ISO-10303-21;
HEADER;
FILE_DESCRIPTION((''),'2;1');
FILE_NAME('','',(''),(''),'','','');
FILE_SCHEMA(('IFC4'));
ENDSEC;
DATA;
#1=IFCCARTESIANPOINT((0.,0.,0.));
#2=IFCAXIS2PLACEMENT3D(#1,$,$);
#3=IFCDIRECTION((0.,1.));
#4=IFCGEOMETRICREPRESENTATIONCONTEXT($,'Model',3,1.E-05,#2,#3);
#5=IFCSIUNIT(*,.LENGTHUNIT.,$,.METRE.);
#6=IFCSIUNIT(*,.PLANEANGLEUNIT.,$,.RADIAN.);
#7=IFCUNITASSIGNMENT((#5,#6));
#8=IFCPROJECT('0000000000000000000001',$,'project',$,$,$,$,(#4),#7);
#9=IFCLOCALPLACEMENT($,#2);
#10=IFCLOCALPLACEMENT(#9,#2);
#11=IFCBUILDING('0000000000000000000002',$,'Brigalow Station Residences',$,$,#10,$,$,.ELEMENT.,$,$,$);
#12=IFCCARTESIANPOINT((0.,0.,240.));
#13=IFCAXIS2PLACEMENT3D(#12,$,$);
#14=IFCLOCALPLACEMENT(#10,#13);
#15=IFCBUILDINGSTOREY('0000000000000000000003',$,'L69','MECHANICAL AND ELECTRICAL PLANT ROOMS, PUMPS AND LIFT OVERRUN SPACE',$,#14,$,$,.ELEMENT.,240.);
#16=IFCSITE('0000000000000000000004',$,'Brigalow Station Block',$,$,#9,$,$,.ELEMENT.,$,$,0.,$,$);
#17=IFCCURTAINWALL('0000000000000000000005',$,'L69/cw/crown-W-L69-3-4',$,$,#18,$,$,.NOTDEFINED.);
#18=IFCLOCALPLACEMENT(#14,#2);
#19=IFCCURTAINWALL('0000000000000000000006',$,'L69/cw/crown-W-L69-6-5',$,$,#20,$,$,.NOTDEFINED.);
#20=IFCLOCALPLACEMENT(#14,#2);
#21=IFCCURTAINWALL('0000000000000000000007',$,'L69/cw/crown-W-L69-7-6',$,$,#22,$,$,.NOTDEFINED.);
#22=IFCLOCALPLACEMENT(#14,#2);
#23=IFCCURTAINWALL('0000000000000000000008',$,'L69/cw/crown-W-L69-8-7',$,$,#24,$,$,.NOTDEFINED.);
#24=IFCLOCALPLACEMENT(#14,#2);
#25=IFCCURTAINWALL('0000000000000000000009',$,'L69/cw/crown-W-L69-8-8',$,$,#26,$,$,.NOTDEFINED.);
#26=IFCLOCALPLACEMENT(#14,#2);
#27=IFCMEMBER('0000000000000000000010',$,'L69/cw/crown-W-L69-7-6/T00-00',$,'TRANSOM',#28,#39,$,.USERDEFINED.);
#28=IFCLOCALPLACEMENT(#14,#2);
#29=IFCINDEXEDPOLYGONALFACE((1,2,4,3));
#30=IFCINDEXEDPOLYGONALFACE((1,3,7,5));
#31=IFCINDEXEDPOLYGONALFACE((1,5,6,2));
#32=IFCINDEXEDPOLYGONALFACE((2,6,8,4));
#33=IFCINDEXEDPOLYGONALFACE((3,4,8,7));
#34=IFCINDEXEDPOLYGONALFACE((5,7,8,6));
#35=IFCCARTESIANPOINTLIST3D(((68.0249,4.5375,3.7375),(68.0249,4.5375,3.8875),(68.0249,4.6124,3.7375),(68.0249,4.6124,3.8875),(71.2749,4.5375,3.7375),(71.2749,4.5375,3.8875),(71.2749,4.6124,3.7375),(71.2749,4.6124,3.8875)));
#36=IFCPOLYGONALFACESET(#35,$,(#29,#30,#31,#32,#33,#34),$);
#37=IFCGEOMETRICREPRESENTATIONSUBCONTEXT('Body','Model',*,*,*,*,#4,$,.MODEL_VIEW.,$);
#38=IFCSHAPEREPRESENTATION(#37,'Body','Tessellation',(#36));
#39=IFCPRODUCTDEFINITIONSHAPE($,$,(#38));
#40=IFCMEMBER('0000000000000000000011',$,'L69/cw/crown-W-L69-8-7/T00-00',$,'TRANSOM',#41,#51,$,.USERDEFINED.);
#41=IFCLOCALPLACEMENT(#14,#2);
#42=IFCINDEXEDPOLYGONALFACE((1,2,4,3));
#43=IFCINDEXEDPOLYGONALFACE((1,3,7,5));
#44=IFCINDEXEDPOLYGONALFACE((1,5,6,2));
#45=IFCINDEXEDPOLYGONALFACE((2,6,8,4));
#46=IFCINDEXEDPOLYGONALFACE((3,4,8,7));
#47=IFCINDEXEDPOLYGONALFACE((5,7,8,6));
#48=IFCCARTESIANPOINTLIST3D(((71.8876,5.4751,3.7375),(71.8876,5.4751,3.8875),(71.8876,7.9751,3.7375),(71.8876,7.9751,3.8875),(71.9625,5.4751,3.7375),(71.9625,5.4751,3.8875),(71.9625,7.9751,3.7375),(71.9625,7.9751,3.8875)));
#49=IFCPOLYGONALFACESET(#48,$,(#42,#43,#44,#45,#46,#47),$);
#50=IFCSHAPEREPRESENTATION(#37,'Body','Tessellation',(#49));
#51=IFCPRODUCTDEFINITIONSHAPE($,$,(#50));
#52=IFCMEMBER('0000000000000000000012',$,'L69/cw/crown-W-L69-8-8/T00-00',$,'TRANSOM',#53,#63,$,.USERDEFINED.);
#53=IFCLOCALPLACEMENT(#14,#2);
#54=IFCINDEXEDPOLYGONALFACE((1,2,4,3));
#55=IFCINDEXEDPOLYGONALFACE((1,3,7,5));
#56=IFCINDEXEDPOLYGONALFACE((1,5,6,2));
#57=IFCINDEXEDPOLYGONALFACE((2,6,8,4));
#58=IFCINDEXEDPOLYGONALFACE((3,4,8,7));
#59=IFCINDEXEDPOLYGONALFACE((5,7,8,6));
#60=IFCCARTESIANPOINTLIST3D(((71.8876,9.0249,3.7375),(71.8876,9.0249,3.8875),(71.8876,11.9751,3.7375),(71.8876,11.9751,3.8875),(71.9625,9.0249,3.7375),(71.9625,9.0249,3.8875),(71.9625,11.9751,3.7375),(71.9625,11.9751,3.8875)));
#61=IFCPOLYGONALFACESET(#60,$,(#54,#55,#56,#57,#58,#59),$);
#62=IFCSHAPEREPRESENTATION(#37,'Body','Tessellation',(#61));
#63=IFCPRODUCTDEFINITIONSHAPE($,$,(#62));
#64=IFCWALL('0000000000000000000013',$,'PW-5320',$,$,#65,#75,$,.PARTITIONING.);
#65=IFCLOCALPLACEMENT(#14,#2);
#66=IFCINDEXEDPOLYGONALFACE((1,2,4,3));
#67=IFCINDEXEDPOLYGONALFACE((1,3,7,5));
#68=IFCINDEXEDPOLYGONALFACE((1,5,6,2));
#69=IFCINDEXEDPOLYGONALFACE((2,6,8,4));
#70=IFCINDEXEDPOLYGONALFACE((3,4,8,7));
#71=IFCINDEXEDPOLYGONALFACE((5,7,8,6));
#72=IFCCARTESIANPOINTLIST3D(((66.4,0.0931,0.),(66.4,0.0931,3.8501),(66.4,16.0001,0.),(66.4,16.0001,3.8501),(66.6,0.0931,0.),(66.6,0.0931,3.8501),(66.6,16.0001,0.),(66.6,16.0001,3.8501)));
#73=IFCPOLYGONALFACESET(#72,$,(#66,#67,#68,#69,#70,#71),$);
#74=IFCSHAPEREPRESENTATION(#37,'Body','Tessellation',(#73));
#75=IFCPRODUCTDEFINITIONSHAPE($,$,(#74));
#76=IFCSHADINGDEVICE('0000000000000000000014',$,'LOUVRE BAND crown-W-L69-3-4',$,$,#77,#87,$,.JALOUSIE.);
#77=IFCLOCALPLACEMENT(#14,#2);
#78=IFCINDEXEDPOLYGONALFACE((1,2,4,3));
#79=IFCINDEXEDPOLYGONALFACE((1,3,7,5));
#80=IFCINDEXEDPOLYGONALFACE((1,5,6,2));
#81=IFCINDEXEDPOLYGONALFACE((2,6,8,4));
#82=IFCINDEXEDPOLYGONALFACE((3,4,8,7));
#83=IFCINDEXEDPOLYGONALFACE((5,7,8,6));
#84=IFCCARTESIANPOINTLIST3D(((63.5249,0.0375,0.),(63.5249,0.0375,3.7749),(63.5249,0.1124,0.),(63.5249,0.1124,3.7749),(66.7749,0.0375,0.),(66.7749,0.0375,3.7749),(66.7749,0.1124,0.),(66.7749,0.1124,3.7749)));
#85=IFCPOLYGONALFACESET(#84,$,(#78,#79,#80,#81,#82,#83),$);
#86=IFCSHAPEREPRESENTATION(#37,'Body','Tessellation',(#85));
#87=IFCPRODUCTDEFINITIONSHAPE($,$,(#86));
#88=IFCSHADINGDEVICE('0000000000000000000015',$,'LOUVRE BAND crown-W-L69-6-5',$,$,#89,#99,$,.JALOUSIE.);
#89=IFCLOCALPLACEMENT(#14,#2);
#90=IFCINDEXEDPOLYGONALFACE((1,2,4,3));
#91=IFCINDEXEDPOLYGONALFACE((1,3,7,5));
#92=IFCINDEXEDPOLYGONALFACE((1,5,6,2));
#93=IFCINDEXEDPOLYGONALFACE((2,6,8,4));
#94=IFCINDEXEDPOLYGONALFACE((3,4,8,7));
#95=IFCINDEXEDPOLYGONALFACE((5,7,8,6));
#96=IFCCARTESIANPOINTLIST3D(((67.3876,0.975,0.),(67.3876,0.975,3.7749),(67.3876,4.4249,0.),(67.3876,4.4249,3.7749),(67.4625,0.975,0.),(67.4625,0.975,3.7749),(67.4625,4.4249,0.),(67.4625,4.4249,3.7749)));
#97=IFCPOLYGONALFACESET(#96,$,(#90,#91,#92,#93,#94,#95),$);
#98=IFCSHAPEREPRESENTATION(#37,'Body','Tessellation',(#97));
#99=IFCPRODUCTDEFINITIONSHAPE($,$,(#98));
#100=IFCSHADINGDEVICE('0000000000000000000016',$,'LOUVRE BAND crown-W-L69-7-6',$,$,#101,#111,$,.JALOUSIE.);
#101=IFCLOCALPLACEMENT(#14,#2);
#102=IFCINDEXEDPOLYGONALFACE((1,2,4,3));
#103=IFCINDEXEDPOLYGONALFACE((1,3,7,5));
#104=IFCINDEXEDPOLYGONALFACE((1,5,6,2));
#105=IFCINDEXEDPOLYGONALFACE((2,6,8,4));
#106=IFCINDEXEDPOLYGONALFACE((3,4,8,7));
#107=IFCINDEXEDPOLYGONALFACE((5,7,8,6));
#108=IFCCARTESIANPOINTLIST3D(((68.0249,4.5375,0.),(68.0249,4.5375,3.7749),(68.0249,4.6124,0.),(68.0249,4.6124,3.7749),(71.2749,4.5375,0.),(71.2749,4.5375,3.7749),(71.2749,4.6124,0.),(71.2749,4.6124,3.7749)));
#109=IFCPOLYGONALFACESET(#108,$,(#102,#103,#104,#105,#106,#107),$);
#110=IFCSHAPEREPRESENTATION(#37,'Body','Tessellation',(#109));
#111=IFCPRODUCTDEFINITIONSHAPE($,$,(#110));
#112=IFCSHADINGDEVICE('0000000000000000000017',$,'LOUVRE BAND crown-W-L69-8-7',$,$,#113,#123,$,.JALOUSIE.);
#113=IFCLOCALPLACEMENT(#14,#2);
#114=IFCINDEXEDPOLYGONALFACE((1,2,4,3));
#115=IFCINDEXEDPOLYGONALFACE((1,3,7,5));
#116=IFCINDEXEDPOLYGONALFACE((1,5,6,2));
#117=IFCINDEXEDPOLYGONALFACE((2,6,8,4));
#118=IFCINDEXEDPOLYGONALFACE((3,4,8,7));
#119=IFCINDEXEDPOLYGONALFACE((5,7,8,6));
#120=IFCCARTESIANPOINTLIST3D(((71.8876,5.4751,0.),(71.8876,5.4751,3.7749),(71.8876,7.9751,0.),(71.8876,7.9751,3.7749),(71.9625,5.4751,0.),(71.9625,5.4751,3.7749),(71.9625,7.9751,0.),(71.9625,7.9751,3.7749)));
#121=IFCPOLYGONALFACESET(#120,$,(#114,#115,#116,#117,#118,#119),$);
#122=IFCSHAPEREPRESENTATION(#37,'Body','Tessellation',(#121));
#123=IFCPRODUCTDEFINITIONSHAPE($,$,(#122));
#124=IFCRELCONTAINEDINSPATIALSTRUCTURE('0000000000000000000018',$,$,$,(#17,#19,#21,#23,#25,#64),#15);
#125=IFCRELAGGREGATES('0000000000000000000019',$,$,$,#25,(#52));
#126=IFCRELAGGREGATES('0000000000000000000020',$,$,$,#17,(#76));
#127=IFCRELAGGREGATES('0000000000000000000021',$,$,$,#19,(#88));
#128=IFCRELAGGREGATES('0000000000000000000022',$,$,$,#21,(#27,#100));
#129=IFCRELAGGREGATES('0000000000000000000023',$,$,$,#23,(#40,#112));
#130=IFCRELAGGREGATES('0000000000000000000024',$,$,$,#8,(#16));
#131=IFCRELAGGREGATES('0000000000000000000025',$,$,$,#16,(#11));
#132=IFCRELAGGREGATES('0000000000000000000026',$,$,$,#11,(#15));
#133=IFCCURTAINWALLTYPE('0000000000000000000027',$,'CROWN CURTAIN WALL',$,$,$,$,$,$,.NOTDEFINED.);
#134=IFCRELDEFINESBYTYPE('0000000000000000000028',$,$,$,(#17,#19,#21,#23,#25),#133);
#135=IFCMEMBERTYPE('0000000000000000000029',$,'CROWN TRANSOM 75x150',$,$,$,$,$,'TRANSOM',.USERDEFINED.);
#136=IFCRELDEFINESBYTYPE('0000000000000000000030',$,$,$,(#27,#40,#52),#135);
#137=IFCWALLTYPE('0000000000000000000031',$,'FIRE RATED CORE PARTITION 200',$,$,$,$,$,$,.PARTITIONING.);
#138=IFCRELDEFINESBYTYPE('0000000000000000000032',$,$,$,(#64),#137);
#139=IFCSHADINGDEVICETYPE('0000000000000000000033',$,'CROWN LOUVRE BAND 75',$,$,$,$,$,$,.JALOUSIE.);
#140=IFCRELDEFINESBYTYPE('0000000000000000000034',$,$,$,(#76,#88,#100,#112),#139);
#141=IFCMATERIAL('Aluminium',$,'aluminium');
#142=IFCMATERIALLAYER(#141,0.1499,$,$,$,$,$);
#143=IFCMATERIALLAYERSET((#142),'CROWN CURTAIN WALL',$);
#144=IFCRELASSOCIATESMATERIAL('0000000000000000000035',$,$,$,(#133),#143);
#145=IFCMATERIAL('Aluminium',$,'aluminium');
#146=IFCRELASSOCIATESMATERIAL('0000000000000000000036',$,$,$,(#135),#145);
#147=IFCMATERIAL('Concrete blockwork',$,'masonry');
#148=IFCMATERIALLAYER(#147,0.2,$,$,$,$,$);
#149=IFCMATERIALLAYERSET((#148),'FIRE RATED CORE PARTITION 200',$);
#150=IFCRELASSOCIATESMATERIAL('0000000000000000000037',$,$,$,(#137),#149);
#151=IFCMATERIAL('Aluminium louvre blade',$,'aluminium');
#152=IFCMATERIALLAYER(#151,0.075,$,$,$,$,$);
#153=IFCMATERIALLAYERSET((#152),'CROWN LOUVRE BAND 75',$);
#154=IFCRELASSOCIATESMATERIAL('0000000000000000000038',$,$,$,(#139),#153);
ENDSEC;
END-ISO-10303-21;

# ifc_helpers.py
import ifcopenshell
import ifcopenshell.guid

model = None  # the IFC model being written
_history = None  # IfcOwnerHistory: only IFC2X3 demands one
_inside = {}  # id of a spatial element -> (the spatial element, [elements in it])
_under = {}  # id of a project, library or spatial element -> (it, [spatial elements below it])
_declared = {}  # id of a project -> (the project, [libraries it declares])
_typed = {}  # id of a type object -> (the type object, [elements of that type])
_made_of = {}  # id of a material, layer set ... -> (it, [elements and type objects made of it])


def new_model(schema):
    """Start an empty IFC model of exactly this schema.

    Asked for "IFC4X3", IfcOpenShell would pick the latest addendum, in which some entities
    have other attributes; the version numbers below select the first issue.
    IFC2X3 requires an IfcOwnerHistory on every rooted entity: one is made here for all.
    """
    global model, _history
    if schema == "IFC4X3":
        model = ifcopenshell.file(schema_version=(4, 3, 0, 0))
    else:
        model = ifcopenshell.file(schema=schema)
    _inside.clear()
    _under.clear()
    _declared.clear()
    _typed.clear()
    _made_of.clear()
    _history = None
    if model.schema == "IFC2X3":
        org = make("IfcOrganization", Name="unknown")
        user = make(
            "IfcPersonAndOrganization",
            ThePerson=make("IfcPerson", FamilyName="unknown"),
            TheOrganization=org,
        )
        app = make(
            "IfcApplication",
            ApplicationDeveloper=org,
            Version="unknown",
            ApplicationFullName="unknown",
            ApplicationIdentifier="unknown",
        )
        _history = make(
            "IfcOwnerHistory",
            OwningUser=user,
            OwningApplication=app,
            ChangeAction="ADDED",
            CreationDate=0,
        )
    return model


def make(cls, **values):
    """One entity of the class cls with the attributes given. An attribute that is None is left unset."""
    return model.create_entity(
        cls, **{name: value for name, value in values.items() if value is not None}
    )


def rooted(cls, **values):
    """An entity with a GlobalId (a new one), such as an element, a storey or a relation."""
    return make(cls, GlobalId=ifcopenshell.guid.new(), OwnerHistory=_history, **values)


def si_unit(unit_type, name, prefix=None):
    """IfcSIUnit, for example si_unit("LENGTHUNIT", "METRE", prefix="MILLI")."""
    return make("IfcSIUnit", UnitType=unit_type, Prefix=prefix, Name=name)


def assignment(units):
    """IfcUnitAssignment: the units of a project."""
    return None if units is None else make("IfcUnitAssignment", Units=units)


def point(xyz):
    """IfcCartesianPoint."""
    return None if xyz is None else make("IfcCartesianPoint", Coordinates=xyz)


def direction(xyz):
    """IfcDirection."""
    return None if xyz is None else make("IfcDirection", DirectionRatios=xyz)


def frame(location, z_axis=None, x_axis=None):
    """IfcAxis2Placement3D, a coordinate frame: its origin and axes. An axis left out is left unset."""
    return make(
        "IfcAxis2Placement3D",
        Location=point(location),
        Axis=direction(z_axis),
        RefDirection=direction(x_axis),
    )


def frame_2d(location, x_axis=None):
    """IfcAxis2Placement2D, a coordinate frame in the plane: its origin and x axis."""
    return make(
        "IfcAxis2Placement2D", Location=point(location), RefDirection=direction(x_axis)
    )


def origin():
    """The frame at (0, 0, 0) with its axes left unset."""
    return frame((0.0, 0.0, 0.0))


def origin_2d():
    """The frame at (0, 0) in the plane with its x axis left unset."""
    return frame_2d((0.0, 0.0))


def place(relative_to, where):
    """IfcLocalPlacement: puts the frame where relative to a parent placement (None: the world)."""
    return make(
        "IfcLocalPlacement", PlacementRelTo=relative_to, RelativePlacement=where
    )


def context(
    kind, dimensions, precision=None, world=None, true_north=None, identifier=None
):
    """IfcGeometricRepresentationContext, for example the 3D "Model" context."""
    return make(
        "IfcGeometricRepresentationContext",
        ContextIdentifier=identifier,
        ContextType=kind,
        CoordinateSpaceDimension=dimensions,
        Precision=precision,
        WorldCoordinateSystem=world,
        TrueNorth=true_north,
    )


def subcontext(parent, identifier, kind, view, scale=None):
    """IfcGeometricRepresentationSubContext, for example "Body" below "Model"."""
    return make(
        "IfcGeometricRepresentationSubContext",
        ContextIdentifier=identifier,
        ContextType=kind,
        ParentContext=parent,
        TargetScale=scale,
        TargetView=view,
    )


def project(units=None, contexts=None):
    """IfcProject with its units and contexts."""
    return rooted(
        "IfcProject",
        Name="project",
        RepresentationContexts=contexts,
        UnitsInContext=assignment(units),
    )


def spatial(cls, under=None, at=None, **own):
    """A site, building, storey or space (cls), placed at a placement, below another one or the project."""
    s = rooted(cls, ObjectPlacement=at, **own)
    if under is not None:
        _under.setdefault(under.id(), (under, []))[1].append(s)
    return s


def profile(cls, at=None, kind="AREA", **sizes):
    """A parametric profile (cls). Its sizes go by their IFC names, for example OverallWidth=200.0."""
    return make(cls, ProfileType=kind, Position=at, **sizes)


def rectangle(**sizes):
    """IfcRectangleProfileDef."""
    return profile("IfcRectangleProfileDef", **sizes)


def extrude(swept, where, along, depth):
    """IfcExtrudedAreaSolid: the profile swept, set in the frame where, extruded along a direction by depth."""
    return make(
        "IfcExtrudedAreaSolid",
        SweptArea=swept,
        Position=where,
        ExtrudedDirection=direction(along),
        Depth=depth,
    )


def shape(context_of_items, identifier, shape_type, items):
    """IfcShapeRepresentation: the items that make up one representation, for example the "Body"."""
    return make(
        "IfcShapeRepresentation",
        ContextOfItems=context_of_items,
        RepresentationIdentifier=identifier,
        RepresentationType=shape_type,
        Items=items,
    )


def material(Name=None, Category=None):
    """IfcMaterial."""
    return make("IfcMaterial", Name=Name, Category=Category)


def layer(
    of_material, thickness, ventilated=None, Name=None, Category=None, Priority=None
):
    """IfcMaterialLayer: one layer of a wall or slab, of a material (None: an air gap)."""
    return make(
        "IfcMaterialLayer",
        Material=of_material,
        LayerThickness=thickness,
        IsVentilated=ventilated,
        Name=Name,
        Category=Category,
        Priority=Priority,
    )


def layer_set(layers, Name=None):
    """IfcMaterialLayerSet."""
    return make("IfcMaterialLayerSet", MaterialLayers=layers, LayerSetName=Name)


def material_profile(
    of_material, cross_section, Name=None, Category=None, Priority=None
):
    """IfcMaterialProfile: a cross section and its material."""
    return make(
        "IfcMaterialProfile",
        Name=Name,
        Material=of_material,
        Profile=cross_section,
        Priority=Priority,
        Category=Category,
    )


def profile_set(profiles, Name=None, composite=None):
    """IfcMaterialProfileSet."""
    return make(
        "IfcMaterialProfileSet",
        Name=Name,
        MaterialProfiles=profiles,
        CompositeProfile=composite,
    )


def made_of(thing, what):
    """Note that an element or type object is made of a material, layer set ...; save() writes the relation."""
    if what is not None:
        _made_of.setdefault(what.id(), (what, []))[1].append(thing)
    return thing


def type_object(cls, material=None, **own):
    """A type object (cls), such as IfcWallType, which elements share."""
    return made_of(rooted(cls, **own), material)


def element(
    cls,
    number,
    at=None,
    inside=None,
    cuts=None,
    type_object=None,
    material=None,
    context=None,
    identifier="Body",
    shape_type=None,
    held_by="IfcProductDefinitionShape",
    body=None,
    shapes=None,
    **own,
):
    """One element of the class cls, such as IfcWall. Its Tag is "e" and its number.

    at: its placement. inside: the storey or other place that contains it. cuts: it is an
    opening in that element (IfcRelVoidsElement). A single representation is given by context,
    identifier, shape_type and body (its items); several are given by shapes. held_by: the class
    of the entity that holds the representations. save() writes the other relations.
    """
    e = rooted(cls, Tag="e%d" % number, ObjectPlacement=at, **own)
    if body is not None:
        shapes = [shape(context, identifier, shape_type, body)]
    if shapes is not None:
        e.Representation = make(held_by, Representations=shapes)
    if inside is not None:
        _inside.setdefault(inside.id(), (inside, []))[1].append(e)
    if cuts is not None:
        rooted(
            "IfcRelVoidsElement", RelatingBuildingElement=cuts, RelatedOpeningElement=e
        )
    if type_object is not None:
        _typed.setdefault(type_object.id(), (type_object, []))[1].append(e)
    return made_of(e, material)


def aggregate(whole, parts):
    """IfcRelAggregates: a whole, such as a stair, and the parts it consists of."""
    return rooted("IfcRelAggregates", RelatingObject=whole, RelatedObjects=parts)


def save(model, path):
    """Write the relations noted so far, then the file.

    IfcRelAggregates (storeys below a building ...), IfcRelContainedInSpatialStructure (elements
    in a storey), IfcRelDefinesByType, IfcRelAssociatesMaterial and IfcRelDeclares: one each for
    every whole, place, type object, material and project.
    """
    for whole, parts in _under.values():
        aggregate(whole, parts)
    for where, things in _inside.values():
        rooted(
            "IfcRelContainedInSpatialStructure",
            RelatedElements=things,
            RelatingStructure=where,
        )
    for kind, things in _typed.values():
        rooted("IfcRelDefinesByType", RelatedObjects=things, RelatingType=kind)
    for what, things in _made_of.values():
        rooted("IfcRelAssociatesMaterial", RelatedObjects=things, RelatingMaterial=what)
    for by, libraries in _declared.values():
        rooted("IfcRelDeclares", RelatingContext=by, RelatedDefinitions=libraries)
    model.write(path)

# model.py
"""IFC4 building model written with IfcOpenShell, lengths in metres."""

from ifc_helpers import new_model, si_unit, direction, frame, frame_2d, origin, origin_2d, place, context, subcontext, project, spatial, rectangle, extrude, material, layer, layer_set, material_profile, profile_set, type_object, element, aggregate, save


model = new_model("IFC4")

# Units and contexts
model_context = context("Model", 3, precision=1e-05, world=origin(), true_north=direction((0.0, 1.0)))
body_context = subcontext(model_context, "Body", "Model", "MODEL_VIEW")
ifc_project = project(units=[si_unit("LENGTHUNIT", "METRE"), si_unit("PLANEANGLEUNIT", "RADIAN")], contexts=[model_context])

# Site, building, storey
site_placement = place(None, origin())
site = spatial("IfcSite", under=ifc_project, at=site_placement, Name="Brigalow Station Block", CompositionType="ELEMENT", RefElevation=0.0)
building_placement = place(site_placement, origin())
building = spatial("IfcBuilding", under=site, at=building_placement, Name="Brigalow Station Residences", CompositionType="ELEMENT")
storey_placement = place(building_placement, frame((0.0, 0.0, 240.0)))
storey = spatial("IfcBuildingStorey", under=building, at=storey_placement, Name="L69", Description="MECHANICAL AND ELECTRICAL PLANT ROOMS, PUMPS AND LIFT OVERRUN SPACE", CompositionType="ELEMENT", Elevation=240.0)

# Curtain walls
ifc_material_1 = material(Name="Aluminium", Category="aluminium")
ifc_layer_1 = layer(ifc_material_1, 0.1499)
ifc_layer_set_1 = layer_set([ifc_layer_1], Name="CROWN CURTAIN WALL")
curtain_wall_type = type_object("IfcCurtainWallType", Name="CROWN CURTAIN WALL", PredefinedType="NOTDEFINED", material=ifc_layer_set_1)
curtain_wall_1_placement = place(storey_placement, origin())
curtain_wall_1 = element("IfcCurtainWall", 1, at=curtain_wall_1_placement, inside=storey, type_object=curtain_wall_type, Name="L69/cw/crown-W-L69-3-4", PredefinedType="NOTDEFINED")
curtain_wall_2_placement = place(storey_placement, origin())
curtain_wall_2 = element("IfcCurtainWall", 2, at=curtain_wall_2_placement, inside=storey, type_object=curtain_wall_type, Name="L69/cw/crown-W-L69-6-5", PredefinedType="NOTDEFINED")
curtain_wall_3_placement = place(storey_placement, origin())
curtain_wall_3 = element("IfcCurtainWall", 3, at=curtain_wall_3_placement, inside=storey, type_object=curtain_wall_type, Name="L69/cw/crown-W-L69-7-6", PredefinedType="NOTDEFINED")
curtain_wall_4_placement = place(storey_placement, origin())
curtain_wall_4 = element("IfcCurtainWall", 4, at=curtain_wall_4_placement, inside=storey, type_object=curtain_wall_type, Name="L69/cw/crown-W-L69-8-7", PredefinedType="NOTDEFINED")

# Curtain wall
curtain_wall_5_placement = place(storey_placement, origin())
curtain_wall_5 = element("IfcCurtainWall", 5, at=curtain_wall_5_placement, inside=storey, type_object=curtain_wall_type, Name="L69/cw/crown-W-L69-8-8", PredefinedType="NOTDEFINED")

# Members
ifc_material_2 = material(Name="Aluminium", Category="aluminium")
ifc_material_profile_1 = material_profile(ifc_material_2, rectangle(XDim=0.075, YDim=0.1499, at=origin_2d()), Name="CROWN TRANSOM 75x150")
ifc_profile_set_1 = profile_set([ifc_material_profile_1], Name="Aluminium")
member_type_1 = type_object("IfcMemberType", Name="CROWN TRANSOM 75x150", ElementType="TRANSOM", PredefinedType="USERDEFINED", material=ifc_profile_set_1)
member_1_placement = place(storey_placement, frame((68.0249, 4.575, 3.8125), z_axis=(1.0, 0.0, 0.0), x_axis=(0.0, 1.0, 0.0)))
member_1 = element("IfcMember", 6, at=member_1_placement, type_object=member_type_1, Name="L69/cw/crown-W-L69-7-6/T00-00", ObjectType="TRANSOM", PredefinedType="USERDEFINED", context=body_context, shape_type="SweptSolid", body=[
    extrude(rectangle(XDim=0.075, YDim=0.1499, at=origin_2d()), origin(), (0.0, 0.0, 1.0), 3.25),
])
member_2_placement = place(storey_placement, frame((71.925, 5.4751, 3.8125), z_axis=(0.0, 1.0, 0.0), x_axis=(-1.0, 0.0, 0.0)))
member_2 = element("IfcMember", 7, at=member_2_placement, type_object=member_type_1, Name="L69/cw/crown-W-L69-8-7/T00-00", ObjectType="TRANSOM", PredefinedType="USERDEFINED", context=body_context, shape_type="SweptSolid", body=[
    extrude(rectangle(XDim=0.075, YDim=0.1499, at=origin_2d()), origin(), (0.0, 0.0, 1.0), 2.5),
])
member_3_placement = place(storey_placement, frame((71.925, 9.0249, 3.8125), z_axis=(0.0, 1.0, 0.0), x_axis=(-1.0, 0.0, 0.0)))
member_3 = element("IfcMember", 8, at=member_3_placement, type_object=member_type_1, Name="L69/cw/crown-W-L69-8-8/T00-00", ObjectType="TRANSOM", PredefinedType="USERDEFINED", context=body_context, shape_type="SweptSolid", body=[
    extrude(rectangle(XDim=0.075, YDim=0.1499, at=origin_2d()), origin(), (0.0, 0.0, 1.0), 2.9502),
])
aggregate(curtain_wall_5, [member_3])

# Wall
ifc_material_3 = material(Name="Concrete blockwork", Category="masonry")
ifc_layer_2 = layer(ifc_material_3, 0.2)
ifc_layer_set_2 = layer_set([ifc_layer_2], Name="FIRE RATED CORE PARTITION 200")
wall_type = type_object("IfcWallType", Name="FIRE RATED CORE PARTITION 200", PredefinedType="PARTITIONING", material=ifc_layer_set_2)
wall_placement = place(storey_placement, frame((66.5, 0.093, 0.0), z_axis=(0.0, 0.0, 1.0), x_axis=(0.0, 1.0, 0.0)))
element("IfcWall", 9, at=wall_placement, inside=storey, type_object=wall_type, Name="PW-5320", PredefinedType="PARTITIONING", context=body_context, shape_type="SweptSolid", body=[
    extrude(rectangle(XDim=15.907, YDim=0.2, at=frame_2d((7.9536, 0.0))), origin(), (0.0, 0.0, 1.0), 3.8501),
])

# Shading devices
ifc_material_4 = material(Name="Aluminium louvre blade", Category="aluminium")
ifc_layer_3 = layer(ifc_material_4, 0.075)
ifc_layer_set_3 = layer_set([ifc_layer_3], Name="CROWN LOUVRE BAND 75")
shading_device_type = type_object("IfcShadingDeviceType", Name="CROWN LOUVRE BAND 75", PredefinedType="JALOUSIE", material=ifc_layer_set_3)
shading_device_1_placement = place(storey_placement, frame((65.1499, 0.075, 0.0), z_axis=(0.0, 0.0, 1.0), x_axis=(1.0, 0.0, 0.0)))
shading_device_1 = element("IfcShadingDevice", 10, at=shading_device_1_placement, type_object=shading_device_type, Name="LOUVRE BAND crown-W-L69-3-4", PredefinedType="JALOUSIE", context=body_context, shape_type="SweptSolid", body=[
    extrude(rectangle(XDim=3.25, YDim=0.075, at=origin_2d()), origin(), (0.0, 0.0, 1.0), 3.7749),
])
aggregate(curtain_wall_1, [shading_device_1])
shading_device_2_placement = place(storey_placement, frame((67.425, 2.7, 0.0), z_axis=(0.0, 0.0, 1.0), x_axis=(0.0, 1.0, 0.0)))
shading_device_2 = element("IfcShadingDevice", 11, at=shading_device_2_placement, type_object=shading_device_type, Name="LOUVRE BAND crown-W-L69-6-5", PredefinedType="JALOUSIE", context=body_context, shape_type="SweptSolid", body=[
    extrude(rectangle(XDim=3.45, YDim=0.075, at=origin_2d()), origin(), (0.0, 0.0, 1.0), 3.7749),
])
aggregate(curtain_wall_2, [shading_device_2])
shading_device_3_placement = place(storey_placement, frame((69.6499, 4.575, 0.0), z_axis=(0.0, 0.0, 1.0), x_axis=(1.0, 0.0, 0.0)))
shading_device_3 = element("IfcShadingDevice", 12, at=shading_device_3_placement, type_object=shading_device_type, Name="LOUVRE BAND crown-W-L69-7-6", PredefinedType="JALOUSIE", context=body_context, shape_type="SweptSolid", body=[
    extrude(rectangle(XDim=3.25, YDim=0.075, at=origin_2d()), origin(), (0.0, 0.0, 1.0), 3.7749),
])
aggregate(curtain_wall_3, [member_1, shading_device_3])
shading_device_4_placement = place(storey_placement, frame((71.925, 6.7251, 0.0), z_axis=(0.0, 0.0, 1.0), x_axis=(0.0, 1.0, 0.0)))
shading_device_4 = element("IfcShadingDevice", 13, at=shading_device_4_placement, type_object=shading_device_type, Name="LOUVRE BAND crown-W-L69-8-7", PredefinedType="JALOUSIE", context=body_context, shape_type="SweptSolid", body=[
    extrude(rectangle(XDim=2.5, YDim=0.075, at=origin_2d()), origin(), (0.0, 0.0, 1.0), 3.7749),
])
aggregate(curtain_wall_4, [member_2, shading_device_4])

save(model, "model.ifc")
